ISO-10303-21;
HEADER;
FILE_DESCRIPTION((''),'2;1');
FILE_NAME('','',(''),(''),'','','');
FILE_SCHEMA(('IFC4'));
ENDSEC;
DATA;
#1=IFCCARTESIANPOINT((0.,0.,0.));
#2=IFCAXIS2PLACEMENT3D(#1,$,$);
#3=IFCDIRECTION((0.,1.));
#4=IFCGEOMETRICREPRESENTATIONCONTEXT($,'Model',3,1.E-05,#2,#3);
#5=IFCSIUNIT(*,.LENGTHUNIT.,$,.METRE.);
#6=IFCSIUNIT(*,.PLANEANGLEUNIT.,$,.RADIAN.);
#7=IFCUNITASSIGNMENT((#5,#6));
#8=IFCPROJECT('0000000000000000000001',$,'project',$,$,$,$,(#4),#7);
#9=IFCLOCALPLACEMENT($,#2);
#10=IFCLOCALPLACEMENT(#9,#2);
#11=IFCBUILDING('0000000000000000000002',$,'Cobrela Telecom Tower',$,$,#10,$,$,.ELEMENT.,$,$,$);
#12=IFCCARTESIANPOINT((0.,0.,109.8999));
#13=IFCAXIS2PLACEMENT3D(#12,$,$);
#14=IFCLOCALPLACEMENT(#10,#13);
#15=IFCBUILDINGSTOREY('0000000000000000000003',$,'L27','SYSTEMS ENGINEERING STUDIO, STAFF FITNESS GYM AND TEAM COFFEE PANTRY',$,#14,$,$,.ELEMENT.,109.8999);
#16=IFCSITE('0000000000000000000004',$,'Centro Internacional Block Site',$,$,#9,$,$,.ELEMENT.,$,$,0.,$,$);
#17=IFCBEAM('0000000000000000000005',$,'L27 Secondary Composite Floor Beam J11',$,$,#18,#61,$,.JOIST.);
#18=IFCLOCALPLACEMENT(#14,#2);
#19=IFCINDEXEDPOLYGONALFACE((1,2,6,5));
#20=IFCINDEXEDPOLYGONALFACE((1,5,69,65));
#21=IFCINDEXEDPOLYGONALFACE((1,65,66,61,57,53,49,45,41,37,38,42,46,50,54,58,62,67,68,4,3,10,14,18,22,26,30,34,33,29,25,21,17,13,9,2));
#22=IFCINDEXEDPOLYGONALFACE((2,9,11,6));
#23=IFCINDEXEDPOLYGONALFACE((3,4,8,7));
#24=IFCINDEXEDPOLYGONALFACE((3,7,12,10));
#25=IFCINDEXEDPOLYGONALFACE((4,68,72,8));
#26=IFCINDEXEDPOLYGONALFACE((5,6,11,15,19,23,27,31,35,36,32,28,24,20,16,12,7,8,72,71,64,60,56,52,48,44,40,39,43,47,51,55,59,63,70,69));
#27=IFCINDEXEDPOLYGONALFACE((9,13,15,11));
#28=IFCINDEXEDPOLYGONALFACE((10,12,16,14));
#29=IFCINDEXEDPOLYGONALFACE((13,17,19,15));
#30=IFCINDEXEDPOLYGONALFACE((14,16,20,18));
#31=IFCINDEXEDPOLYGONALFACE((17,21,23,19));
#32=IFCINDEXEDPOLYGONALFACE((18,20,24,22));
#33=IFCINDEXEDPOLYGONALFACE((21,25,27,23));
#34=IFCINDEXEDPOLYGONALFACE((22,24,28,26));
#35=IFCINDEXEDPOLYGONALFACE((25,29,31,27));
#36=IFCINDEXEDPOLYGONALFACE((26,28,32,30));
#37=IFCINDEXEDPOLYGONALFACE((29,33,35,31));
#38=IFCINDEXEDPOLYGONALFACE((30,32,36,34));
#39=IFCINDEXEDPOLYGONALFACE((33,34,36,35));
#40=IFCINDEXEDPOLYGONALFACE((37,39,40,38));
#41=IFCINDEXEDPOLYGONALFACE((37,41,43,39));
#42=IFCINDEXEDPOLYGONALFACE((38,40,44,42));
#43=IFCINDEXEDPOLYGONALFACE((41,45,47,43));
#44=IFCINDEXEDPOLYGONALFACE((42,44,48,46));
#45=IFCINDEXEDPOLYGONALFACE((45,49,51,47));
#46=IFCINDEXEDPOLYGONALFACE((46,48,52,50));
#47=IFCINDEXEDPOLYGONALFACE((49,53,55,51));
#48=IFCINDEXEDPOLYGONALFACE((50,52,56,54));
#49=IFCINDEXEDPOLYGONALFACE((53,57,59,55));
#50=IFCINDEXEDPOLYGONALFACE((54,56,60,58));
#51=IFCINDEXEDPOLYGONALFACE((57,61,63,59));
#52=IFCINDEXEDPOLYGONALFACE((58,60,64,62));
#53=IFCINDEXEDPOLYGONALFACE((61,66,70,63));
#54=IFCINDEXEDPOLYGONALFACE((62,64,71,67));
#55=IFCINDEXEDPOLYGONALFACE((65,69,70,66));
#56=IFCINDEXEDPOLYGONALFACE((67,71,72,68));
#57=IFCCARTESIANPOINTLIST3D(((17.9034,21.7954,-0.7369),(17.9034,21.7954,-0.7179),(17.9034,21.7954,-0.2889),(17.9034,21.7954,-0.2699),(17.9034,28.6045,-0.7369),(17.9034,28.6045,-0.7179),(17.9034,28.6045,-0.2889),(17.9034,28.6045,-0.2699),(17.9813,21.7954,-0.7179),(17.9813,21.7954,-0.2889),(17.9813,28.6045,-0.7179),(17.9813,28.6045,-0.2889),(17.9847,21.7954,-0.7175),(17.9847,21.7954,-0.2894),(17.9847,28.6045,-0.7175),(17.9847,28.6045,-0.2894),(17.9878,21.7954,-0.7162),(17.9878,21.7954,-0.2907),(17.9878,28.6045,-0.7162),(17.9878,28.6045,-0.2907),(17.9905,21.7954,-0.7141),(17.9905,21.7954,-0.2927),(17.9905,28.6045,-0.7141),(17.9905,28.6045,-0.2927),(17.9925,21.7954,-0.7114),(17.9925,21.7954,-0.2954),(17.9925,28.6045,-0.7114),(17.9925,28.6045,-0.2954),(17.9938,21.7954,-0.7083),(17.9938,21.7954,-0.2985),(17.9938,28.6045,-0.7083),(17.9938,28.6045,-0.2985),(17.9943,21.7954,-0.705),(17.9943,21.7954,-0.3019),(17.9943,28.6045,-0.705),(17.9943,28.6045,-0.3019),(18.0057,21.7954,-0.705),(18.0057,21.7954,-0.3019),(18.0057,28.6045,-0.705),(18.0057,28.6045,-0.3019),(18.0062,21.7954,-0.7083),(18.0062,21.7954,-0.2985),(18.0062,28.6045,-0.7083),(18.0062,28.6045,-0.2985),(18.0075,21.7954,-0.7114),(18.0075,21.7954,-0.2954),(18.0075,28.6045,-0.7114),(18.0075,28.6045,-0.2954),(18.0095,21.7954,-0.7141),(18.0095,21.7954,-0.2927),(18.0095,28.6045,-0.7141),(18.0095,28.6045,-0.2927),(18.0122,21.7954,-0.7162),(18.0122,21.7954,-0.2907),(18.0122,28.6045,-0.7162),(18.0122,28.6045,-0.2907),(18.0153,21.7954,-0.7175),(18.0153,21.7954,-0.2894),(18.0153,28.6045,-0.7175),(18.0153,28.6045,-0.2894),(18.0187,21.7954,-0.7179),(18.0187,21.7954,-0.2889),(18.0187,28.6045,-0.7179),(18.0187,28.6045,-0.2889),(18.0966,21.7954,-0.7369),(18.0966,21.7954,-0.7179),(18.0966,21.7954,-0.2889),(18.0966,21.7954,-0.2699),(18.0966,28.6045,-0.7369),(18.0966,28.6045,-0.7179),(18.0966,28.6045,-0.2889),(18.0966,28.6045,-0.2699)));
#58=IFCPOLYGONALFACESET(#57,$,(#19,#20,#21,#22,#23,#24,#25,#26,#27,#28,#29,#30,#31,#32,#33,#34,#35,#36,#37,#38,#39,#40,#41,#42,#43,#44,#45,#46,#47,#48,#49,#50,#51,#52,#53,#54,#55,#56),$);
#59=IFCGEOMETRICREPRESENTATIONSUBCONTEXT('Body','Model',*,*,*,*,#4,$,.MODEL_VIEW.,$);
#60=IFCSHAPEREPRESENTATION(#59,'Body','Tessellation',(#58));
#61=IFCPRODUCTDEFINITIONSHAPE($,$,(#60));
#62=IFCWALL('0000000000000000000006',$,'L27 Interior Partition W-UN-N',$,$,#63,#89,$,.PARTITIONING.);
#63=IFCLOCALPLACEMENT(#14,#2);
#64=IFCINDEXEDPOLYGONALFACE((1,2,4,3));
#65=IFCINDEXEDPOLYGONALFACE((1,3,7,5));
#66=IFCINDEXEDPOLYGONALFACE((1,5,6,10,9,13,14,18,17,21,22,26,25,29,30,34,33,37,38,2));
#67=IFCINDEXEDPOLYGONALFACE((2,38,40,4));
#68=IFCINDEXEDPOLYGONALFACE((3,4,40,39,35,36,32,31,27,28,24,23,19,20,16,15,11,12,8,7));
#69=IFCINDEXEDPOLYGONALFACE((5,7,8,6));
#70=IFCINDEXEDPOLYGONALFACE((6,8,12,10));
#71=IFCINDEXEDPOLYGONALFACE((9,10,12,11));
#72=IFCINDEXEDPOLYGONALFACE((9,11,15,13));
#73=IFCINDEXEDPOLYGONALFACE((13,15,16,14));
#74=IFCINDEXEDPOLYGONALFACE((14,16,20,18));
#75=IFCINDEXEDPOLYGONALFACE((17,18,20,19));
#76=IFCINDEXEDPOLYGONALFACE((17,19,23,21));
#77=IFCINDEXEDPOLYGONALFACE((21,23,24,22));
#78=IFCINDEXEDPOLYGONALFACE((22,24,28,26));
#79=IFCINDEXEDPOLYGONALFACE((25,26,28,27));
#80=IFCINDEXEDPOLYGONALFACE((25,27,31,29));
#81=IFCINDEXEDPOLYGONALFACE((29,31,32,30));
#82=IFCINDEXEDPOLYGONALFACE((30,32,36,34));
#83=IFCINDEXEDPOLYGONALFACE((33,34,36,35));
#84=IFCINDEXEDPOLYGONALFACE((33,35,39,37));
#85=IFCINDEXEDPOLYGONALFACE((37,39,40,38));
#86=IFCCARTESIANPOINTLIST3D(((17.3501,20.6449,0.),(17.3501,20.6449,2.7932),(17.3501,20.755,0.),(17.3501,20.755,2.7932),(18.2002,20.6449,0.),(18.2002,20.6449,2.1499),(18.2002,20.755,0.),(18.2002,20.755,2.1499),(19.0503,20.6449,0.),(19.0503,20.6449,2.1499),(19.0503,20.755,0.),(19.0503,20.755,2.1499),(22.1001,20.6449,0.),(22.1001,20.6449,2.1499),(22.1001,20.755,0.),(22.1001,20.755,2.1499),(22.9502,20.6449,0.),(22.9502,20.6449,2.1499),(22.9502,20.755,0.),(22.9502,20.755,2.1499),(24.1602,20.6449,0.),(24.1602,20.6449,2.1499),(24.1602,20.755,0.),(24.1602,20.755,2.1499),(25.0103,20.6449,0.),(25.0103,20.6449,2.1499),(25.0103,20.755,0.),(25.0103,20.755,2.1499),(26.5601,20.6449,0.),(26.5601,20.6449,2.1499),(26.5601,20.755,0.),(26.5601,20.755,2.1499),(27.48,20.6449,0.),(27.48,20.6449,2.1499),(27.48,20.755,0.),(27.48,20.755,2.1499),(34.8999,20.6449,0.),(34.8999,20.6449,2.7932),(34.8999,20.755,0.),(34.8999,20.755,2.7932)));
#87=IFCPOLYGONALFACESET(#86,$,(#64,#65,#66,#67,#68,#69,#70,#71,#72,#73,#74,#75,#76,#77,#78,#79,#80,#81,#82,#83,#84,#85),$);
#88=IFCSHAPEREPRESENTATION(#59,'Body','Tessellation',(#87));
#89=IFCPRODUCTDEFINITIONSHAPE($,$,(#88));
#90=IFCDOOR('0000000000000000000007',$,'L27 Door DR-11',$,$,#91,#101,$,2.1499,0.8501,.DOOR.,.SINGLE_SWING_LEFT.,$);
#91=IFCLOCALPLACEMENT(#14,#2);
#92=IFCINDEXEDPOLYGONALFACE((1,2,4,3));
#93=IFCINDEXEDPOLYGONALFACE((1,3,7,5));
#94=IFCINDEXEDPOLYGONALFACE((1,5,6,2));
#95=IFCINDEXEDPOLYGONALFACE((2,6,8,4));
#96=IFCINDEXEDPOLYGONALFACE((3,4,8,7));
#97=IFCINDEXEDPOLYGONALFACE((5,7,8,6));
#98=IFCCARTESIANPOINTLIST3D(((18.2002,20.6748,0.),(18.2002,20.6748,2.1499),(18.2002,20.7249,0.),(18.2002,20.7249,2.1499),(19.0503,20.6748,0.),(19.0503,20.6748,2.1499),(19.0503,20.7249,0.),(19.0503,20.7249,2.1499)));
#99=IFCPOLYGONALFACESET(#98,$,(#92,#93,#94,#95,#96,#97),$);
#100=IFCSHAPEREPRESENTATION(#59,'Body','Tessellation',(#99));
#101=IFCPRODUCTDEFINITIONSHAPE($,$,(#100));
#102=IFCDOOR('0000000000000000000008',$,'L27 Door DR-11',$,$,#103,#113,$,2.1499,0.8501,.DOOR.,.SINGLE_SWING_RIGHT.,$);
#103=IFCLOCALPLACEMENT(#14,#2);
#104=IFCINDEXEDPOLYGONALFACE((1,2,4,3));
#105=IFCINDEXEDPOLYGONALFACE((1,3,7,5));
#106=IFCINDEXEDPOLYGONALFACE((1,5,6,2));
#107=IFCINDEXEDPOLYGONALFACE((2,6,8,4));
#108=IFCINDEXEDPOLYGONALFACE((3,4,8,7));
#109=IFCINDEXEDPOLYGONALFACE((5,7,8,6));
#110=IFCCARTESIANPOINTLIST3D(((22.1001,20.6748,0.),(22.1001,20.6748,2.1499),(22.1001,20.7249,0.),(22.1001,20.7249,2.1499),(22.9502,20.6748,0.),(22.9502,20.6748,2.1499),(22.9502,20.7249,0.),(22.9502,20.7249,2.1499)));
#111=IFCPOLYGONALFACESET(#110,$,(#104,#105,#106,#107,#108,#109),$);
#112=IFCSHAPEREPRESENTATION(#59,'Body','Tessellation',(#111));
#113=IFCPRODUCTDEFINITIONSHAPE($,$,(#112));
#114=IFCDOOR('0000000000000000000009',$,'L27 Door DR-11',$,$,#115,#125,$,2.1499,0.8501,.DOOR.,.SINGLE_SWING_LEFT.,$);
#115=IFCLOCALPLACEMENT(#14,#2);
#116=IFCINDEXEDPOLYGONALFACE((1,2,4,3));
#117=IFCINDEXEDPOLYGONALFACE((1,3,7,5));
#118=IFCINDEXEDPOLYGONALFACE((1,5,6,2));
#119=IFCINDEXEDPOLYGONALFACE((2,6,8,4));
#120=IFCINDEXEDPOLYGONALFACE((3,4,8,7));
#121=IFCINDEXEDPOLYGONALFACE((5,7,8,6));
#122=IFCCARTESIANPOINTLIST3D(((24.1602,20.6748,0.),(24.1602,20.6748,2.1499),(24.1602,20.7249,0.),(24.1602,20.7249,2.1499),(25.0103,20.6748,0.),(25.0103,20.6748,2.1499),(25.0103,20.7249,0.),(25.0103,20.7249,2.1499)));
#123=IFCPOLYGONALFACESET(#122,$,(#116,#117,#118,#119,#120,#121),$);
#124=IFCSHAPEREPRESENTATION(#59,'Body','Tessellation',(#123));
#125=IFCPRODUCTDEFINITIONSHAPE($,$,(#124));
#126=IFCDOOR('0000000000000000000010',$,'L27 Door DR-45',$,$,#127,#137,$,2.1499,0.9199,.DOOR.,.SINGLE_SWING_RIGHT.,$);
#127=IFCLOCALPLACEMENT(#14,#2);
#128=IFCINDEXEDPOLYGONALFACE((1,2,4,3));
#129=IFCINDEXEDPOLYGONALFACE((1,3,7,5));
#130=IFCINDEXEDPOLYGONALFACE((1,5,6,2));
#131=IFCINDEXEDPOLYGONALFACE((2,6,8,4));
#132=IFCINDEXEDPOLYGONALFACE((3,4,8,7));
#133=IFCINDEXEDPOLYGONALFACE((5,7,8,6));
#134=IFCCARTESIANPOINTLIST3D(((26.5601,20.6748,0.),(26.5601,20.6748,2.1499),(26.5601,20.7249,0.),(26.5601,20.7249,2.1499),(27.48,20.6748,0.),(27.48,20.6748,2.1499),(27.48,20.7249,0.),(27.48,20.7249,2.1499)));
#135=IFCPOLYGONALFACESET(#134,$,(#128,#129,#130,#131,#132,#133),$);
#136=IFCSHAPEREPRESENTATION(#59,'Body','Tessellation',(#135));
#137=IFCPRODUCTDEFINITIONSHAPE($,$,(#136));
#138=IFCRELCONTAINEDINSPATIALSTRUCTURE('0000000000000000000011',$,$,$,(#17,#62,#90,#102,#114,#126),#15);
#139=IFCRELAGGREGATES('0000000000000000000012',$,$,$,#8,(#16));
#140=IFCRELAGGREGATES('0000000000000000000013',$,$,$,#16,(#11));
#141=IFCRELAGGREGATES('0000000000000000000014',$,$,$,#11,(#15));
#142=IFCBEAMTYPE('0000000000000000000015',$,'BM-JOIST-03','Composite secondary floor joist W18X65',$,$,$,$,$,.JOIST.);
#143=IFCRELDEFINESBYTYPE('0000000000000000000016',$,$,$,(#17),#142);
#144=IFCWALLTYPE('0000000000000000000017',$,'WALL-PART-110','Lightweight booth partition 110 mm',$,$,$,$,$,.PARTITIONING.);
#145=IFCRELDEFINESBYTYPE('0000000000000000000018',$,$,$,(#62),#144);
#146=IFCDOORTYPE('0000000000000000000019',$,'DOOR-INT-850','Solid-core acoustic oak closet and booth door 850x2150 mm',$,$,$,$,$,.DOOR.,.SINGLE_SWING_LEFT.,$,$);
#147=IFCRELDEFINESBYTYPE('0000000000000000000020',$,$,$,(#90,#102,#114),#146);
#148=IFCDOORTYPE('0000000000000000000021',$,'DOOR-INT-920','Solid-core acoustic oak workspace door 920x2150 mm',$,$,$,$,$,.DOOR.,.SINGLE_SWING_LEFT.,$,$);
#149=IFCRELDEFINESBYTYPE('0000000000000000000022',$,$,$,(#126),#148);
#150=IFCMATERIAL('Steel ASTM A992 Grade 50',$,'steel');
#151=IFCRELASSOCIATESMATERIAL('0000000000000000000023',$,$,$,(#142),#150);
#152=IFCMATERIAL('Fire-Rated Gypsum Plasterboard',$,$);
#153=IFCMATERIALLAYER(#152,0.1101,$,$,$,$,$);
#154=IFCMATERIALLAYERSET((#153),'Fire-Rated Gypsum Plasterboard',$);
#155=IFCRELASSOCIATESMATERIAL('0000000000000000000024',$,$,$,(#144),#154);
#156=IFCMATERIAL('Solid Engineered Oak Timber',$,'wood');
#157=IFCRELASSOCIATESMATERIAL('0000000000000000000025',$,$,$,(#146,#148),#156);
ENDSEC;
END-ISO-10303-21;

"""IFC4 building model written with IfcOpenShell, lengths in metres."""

from ifc_helpers import new_model, si_unit, direction, frame, frame_2d, origin, origin_2d, place, context, subcontext, project, spatial, rectangle, i_section, extrude, material, layer, layer_set, material_profile, profile_set, type_object, element, fill, save


model = new_model("IFC4")

# Units and contexts
model_context = context("Model", 3, precision=1e-05, world=origin(), true_north=direction((0.0, 1.0)))
body_context = subcontext(model_context, "Body", "Model", "MODEL_VIEW")
ifc_project = project(units=[si_unit("LENGTHUNIT", "METRE"), si_unit("PLANEANGLEUNIT", "RADIAN")], contexts=[model_context])

# Site, building, storey
site_placement = place(None, origin())
site = spatial("IfcSite", under=ifc_project, at=site_placement, Name="Centro Internacional Block Site", CompositionType="ELEMENT", RefElevation=0.0)
building_placement = place(site_placement, origin())
building = spatial("IfcBuilding", under=site, at=building_placement, Name="Cobrela Telecom Tower", CompositionType="ELEMENT")
storey_placement = place(building_placement, frame((0.0, 0.0, 109.8999)))
storey = spatial("IfcBuildingStorey", under=building, at=storey_placement, Name="L27", Description="SYSTEMS ENGINEERING STUDIO, STAFF FITNESS GYM AND TEAM COFFEE PANTRY", CompositionType="ELEMENT", Elevation=109.8999)

# Beam
ifc_material_1 = material(Name="Steel ASTM A992 Grade 50", Category="steel")
ifc_material_profile_1 = material_profile(ifc_material_1, i_section(OverallWidth=0.1931, OverallDepth=0.467, WebThickness=0.0115, FlangeThickness=0.019, FilletRadius=0.0129, at=origin_2d()), Name="W18X65")
ifc_profile_set_1 = profile_set([ifc_material_profile_1], Name="Steel ASTM A992 Grade 50")
beam_type_1 = type_object("IfcBeamType", Name="BM-JOIST-03", Description="Composite secondary floor joist W18X65", PredefinedType="JOIST", material=ifc_profile_set_1)
for number, where, z_axis, x_axis, name in (
    (1, (18.0, 21.7954, -0.5034), (0.0, 1.0, 0.0), (-1.0, 0.0, 0.0), "L27 Secondary Composite Floor Beam J11"),
):
    element("IfcBeam", number, at=place(storey_placement, frame(where, z_axis=z_axis, x_axis=x_axis)), inside=storey, type_object=beam_type_1, Name=name, PredefinedType="JOIST", context=body_context, shape_type="SweptSolid", body=[
        extrude(i_section(OverallWidth=0.1931, OverallDepth=0.467, WebThickness=0.0115, FlangeThickness=0.019, FilletRadius=0.0129, at=origin_2d()), origin(), (0.0, 0.0, 1.0), 6.8091),
    ])

# Wall, openings, doors
ifc_material_2 = material(Name="Fire-Rated Gypsum Plasterboard")
ifc_layer_1 = layer(ifc_material_2, 0.1101)
ifc_layer_set_1 = layer_set([ifc_layer_1], Name="Fire-Rated Gypsum Plasterboard")
wall_type_1 = type_object("IfcWallType", Name="WALL-PART-110", Description="Lightweight booth partition 110 mm", PredefinedType="PARTITIONING", material=ifc_layer_set_1)
wall_1_placement = place(storey_placement, frame((17.3501, 20.7, 0.0), z_axis=(0.0, 0.0, 1.0), x_axis=(1.0, 0.0, 0.0)))
wall_1 = element("IfcWall", 2, at=wall_1_placement, inside=storey, type_object=wall_type_1, Name="L27 Interior Partition W-UN-N", PredefinedType="PARTITIONING", context=body_context, shape_type="SweptSolid", body=[
    extrude(rectangle(XDim=17.5498, YDim=0.1101, at=frame_2d((8.7749, 0.0))), origin(), (0.0, 0.0, 1.0), 2.7932),
])
opening_1_placement = place(wall_1_placement, frame((0.8501, 0.0, 0.0)))
opening_1 = element("IfcOpeningElement", 3, at=opening_1_placement, cuts=wall_1, PredefinedType="OPENING", context=body_context, shape_type="SweptSolid", body=[
    extrude(rectangle(XDim=0.8501, YDim=2.1499, at=frame_2d((0.425, 1.075))), frame((0.0, 0.0669, 0.0), z_axis=(0.0, -1.0, 0.0), x_axis=(1.0, 0.0, 0.0)), (0.0, 0.0, 1.0), 0.134),
])
opening_2_placement = place(wall_1_placement, frame((4.75, 0.0, 0.0)))
opening_2 = element("IfcOpeningElement", 4, at=opening_2_placement, cuts=wall_1, PredefinedType="OPENING", context=body_context, shape_type="SweptSolid", body=[
    extrude(rectangle(XDim=0.8501, YDim=2.1499, at=frame_2d((0.425, 1.075))), frame((0.0, 0.0669, 0.0), z_axis=(0.0, -1.0, 0.0), x_axis=(1.0, 0.0, 0.0)), (0.0, 0.0, 1.0), 0.134),
])
opening_3_placement = place(wall_1_placement, frame((6.8101, 0.0, 0.0)))
opening_3 = element("IfcOpeningElement", 5, at=opening_3_placement, cuts=wall_1, PredefinedType="OPENING", context=body_context, shape_type="SweptSolid", body=[
    extrude(rectangle(XDim=0.8501, YDim=2.1499, at=frame_2d((0.425, 1.075))), frame((0.0, 0.0669, 0.0), z_axis=(0.0, -1.0, 0.0), x_axis=(1.0, 0.0, 0.0)), (0.0, 0.0, 1.0), 0.134),
])
opening_4_placement = place(wall_1_placement, frame((9.21, 0.0, 0.0)))
opening_4 = element("IfcOpeningElement", 6, at=opening_4_placement, cuts=wall_1, PredefinedType="OPENING", context=body_context, shape_type="SweptSolid", body=[
    extrude(rectangle(XDim=0.9199, YDim=2.1499, at=frame_2d((0.46, 1.075))), frame((0.0, 0.0669, 0.0), z_axis=(0.0, -1.0, 0.0), x_axis=(1.0, 0.0, 0.0)), (0.0, 0.0, 1.0), 0.134),
])
ifc_material_3 = material(Name="Solid Engineered Oak Timber", Category="wood")
door_type_1 = type_object("IfcDoorType", Name="DOOR-INT-850", Description="Solid-core acoustic oak closet and booth door 850x2150 mm", OperationType="SINGLE_SWING_LEFT", PredefinedType="DOOR", material=ifc_material_3)
door_1_placement = place(opening_1_placement, origin())
door_1 = element("IfcDoor", 7, at=door_1_placement, inside=storey, type_object=door_type_1, Name="L27 Door DR-11", OperationType="SINGLE_SWING_LEFT", OverallHeight=2.1499, OverallWidth=0.8501, PredefinedType="DOOR", context=body_context, shape_type="SweptSolid", body=[
    extrude(rectangle(XDim=0.8501, YDim=2.1499, at=frame_2d((0.425, 1.075))), frame((0.0, 0.0249, 0.0), z_axis=(0.0, -1.0, 0.0), x_axis=(1.0, 0.0, 0.0)), (0.0, 0.0, 1.0), 0.05),
])
fill(opening_1, door_1)
door_2_placement = place(opening_2_placement, origin())
door_2 = element("IfcDoor", 8, at=door_2_placement, inside=storey, type_object=door_type_1, Name="L27 Door DR-11", OperationType="SINGLE_SWING_RIGHT", OverallHeight=2.1499, OverallWidth=0.8501, PredefinedType="DOOR", context=body_context, shape_type="SweptSolid", body=[
    extrude(rectangle(XDim=0.8501, YDim=2.1499, at=frame_2d((0.425, 1.075))), frame((0.0, 0.0249, 0.0), z_axis=(0.0, -1.0, 0.0), x_axis=(1.0, 0.0, 0.0)), (0.0, 0.0, 1.0), 0.05),
])
fill(opening_2, door_2)
door_3_placement = place(opening_3_placement, origin())
door_3 = element("IfcDoor", 9, at=door_3_placement, inside=storey, type_object=door_type_1, Name="L27 Door DR-11", OperationType="SINGLE_SWING_LEFT", OverallHeight=2.1499, OverallWidth=0.8501, PredefinedType="DOOR", context=body_context, shape_type="SweptSolid", body=[
    extrude(rectangle(XDim=0.8501, YDim=2.1499, at=frame_2d((0.425, 1.075))), frame((0.0, 0.0249, 0.0), z_axis=(0.0, -1.0, 0.0), x_axis=(1.0, 0.0, 0.0)), (0.0, 0.0, 1.0), 0.05),
])
fill(opening_3, door_3)
door_type_2 = type_object("IfcDoorType", Name="DOOR-INT-920", Description="Solid-core acoustic oak workspace door 920x2150 mm", OperationType="SINGLE_SWING_LEFT", PredefinedType="DOOR", material=ifc_material_3)
door_4_placement = place(opening_4_placement, origin())
door_4 = element("IfcDoor", 10, at=door_4_placement, inside=storey, type_object=door_type_2, Name="L27 Door DR-45", OperationType="SINGLE_SWING_RIGHT", OverallHeight=2.1499, OverallWidth=0.9199, PredefinedType="DOOR", context=body_context, shape_type="SweptSolid", body=[
    extrude(rectangle(XDim=0.9199, YDim=2.1499, at=frame_2d((0.46, 1.075))), frame((0.0, 0.0249, 0.0), z_axis=(0.0, -1.0, 0.0), x_axis=(1.0, 0.0, 0.0)), (0.0, 0.0, 1.0), 0.05),
])
fill(opening_4, door_4)

save(model, "model.ifc")
